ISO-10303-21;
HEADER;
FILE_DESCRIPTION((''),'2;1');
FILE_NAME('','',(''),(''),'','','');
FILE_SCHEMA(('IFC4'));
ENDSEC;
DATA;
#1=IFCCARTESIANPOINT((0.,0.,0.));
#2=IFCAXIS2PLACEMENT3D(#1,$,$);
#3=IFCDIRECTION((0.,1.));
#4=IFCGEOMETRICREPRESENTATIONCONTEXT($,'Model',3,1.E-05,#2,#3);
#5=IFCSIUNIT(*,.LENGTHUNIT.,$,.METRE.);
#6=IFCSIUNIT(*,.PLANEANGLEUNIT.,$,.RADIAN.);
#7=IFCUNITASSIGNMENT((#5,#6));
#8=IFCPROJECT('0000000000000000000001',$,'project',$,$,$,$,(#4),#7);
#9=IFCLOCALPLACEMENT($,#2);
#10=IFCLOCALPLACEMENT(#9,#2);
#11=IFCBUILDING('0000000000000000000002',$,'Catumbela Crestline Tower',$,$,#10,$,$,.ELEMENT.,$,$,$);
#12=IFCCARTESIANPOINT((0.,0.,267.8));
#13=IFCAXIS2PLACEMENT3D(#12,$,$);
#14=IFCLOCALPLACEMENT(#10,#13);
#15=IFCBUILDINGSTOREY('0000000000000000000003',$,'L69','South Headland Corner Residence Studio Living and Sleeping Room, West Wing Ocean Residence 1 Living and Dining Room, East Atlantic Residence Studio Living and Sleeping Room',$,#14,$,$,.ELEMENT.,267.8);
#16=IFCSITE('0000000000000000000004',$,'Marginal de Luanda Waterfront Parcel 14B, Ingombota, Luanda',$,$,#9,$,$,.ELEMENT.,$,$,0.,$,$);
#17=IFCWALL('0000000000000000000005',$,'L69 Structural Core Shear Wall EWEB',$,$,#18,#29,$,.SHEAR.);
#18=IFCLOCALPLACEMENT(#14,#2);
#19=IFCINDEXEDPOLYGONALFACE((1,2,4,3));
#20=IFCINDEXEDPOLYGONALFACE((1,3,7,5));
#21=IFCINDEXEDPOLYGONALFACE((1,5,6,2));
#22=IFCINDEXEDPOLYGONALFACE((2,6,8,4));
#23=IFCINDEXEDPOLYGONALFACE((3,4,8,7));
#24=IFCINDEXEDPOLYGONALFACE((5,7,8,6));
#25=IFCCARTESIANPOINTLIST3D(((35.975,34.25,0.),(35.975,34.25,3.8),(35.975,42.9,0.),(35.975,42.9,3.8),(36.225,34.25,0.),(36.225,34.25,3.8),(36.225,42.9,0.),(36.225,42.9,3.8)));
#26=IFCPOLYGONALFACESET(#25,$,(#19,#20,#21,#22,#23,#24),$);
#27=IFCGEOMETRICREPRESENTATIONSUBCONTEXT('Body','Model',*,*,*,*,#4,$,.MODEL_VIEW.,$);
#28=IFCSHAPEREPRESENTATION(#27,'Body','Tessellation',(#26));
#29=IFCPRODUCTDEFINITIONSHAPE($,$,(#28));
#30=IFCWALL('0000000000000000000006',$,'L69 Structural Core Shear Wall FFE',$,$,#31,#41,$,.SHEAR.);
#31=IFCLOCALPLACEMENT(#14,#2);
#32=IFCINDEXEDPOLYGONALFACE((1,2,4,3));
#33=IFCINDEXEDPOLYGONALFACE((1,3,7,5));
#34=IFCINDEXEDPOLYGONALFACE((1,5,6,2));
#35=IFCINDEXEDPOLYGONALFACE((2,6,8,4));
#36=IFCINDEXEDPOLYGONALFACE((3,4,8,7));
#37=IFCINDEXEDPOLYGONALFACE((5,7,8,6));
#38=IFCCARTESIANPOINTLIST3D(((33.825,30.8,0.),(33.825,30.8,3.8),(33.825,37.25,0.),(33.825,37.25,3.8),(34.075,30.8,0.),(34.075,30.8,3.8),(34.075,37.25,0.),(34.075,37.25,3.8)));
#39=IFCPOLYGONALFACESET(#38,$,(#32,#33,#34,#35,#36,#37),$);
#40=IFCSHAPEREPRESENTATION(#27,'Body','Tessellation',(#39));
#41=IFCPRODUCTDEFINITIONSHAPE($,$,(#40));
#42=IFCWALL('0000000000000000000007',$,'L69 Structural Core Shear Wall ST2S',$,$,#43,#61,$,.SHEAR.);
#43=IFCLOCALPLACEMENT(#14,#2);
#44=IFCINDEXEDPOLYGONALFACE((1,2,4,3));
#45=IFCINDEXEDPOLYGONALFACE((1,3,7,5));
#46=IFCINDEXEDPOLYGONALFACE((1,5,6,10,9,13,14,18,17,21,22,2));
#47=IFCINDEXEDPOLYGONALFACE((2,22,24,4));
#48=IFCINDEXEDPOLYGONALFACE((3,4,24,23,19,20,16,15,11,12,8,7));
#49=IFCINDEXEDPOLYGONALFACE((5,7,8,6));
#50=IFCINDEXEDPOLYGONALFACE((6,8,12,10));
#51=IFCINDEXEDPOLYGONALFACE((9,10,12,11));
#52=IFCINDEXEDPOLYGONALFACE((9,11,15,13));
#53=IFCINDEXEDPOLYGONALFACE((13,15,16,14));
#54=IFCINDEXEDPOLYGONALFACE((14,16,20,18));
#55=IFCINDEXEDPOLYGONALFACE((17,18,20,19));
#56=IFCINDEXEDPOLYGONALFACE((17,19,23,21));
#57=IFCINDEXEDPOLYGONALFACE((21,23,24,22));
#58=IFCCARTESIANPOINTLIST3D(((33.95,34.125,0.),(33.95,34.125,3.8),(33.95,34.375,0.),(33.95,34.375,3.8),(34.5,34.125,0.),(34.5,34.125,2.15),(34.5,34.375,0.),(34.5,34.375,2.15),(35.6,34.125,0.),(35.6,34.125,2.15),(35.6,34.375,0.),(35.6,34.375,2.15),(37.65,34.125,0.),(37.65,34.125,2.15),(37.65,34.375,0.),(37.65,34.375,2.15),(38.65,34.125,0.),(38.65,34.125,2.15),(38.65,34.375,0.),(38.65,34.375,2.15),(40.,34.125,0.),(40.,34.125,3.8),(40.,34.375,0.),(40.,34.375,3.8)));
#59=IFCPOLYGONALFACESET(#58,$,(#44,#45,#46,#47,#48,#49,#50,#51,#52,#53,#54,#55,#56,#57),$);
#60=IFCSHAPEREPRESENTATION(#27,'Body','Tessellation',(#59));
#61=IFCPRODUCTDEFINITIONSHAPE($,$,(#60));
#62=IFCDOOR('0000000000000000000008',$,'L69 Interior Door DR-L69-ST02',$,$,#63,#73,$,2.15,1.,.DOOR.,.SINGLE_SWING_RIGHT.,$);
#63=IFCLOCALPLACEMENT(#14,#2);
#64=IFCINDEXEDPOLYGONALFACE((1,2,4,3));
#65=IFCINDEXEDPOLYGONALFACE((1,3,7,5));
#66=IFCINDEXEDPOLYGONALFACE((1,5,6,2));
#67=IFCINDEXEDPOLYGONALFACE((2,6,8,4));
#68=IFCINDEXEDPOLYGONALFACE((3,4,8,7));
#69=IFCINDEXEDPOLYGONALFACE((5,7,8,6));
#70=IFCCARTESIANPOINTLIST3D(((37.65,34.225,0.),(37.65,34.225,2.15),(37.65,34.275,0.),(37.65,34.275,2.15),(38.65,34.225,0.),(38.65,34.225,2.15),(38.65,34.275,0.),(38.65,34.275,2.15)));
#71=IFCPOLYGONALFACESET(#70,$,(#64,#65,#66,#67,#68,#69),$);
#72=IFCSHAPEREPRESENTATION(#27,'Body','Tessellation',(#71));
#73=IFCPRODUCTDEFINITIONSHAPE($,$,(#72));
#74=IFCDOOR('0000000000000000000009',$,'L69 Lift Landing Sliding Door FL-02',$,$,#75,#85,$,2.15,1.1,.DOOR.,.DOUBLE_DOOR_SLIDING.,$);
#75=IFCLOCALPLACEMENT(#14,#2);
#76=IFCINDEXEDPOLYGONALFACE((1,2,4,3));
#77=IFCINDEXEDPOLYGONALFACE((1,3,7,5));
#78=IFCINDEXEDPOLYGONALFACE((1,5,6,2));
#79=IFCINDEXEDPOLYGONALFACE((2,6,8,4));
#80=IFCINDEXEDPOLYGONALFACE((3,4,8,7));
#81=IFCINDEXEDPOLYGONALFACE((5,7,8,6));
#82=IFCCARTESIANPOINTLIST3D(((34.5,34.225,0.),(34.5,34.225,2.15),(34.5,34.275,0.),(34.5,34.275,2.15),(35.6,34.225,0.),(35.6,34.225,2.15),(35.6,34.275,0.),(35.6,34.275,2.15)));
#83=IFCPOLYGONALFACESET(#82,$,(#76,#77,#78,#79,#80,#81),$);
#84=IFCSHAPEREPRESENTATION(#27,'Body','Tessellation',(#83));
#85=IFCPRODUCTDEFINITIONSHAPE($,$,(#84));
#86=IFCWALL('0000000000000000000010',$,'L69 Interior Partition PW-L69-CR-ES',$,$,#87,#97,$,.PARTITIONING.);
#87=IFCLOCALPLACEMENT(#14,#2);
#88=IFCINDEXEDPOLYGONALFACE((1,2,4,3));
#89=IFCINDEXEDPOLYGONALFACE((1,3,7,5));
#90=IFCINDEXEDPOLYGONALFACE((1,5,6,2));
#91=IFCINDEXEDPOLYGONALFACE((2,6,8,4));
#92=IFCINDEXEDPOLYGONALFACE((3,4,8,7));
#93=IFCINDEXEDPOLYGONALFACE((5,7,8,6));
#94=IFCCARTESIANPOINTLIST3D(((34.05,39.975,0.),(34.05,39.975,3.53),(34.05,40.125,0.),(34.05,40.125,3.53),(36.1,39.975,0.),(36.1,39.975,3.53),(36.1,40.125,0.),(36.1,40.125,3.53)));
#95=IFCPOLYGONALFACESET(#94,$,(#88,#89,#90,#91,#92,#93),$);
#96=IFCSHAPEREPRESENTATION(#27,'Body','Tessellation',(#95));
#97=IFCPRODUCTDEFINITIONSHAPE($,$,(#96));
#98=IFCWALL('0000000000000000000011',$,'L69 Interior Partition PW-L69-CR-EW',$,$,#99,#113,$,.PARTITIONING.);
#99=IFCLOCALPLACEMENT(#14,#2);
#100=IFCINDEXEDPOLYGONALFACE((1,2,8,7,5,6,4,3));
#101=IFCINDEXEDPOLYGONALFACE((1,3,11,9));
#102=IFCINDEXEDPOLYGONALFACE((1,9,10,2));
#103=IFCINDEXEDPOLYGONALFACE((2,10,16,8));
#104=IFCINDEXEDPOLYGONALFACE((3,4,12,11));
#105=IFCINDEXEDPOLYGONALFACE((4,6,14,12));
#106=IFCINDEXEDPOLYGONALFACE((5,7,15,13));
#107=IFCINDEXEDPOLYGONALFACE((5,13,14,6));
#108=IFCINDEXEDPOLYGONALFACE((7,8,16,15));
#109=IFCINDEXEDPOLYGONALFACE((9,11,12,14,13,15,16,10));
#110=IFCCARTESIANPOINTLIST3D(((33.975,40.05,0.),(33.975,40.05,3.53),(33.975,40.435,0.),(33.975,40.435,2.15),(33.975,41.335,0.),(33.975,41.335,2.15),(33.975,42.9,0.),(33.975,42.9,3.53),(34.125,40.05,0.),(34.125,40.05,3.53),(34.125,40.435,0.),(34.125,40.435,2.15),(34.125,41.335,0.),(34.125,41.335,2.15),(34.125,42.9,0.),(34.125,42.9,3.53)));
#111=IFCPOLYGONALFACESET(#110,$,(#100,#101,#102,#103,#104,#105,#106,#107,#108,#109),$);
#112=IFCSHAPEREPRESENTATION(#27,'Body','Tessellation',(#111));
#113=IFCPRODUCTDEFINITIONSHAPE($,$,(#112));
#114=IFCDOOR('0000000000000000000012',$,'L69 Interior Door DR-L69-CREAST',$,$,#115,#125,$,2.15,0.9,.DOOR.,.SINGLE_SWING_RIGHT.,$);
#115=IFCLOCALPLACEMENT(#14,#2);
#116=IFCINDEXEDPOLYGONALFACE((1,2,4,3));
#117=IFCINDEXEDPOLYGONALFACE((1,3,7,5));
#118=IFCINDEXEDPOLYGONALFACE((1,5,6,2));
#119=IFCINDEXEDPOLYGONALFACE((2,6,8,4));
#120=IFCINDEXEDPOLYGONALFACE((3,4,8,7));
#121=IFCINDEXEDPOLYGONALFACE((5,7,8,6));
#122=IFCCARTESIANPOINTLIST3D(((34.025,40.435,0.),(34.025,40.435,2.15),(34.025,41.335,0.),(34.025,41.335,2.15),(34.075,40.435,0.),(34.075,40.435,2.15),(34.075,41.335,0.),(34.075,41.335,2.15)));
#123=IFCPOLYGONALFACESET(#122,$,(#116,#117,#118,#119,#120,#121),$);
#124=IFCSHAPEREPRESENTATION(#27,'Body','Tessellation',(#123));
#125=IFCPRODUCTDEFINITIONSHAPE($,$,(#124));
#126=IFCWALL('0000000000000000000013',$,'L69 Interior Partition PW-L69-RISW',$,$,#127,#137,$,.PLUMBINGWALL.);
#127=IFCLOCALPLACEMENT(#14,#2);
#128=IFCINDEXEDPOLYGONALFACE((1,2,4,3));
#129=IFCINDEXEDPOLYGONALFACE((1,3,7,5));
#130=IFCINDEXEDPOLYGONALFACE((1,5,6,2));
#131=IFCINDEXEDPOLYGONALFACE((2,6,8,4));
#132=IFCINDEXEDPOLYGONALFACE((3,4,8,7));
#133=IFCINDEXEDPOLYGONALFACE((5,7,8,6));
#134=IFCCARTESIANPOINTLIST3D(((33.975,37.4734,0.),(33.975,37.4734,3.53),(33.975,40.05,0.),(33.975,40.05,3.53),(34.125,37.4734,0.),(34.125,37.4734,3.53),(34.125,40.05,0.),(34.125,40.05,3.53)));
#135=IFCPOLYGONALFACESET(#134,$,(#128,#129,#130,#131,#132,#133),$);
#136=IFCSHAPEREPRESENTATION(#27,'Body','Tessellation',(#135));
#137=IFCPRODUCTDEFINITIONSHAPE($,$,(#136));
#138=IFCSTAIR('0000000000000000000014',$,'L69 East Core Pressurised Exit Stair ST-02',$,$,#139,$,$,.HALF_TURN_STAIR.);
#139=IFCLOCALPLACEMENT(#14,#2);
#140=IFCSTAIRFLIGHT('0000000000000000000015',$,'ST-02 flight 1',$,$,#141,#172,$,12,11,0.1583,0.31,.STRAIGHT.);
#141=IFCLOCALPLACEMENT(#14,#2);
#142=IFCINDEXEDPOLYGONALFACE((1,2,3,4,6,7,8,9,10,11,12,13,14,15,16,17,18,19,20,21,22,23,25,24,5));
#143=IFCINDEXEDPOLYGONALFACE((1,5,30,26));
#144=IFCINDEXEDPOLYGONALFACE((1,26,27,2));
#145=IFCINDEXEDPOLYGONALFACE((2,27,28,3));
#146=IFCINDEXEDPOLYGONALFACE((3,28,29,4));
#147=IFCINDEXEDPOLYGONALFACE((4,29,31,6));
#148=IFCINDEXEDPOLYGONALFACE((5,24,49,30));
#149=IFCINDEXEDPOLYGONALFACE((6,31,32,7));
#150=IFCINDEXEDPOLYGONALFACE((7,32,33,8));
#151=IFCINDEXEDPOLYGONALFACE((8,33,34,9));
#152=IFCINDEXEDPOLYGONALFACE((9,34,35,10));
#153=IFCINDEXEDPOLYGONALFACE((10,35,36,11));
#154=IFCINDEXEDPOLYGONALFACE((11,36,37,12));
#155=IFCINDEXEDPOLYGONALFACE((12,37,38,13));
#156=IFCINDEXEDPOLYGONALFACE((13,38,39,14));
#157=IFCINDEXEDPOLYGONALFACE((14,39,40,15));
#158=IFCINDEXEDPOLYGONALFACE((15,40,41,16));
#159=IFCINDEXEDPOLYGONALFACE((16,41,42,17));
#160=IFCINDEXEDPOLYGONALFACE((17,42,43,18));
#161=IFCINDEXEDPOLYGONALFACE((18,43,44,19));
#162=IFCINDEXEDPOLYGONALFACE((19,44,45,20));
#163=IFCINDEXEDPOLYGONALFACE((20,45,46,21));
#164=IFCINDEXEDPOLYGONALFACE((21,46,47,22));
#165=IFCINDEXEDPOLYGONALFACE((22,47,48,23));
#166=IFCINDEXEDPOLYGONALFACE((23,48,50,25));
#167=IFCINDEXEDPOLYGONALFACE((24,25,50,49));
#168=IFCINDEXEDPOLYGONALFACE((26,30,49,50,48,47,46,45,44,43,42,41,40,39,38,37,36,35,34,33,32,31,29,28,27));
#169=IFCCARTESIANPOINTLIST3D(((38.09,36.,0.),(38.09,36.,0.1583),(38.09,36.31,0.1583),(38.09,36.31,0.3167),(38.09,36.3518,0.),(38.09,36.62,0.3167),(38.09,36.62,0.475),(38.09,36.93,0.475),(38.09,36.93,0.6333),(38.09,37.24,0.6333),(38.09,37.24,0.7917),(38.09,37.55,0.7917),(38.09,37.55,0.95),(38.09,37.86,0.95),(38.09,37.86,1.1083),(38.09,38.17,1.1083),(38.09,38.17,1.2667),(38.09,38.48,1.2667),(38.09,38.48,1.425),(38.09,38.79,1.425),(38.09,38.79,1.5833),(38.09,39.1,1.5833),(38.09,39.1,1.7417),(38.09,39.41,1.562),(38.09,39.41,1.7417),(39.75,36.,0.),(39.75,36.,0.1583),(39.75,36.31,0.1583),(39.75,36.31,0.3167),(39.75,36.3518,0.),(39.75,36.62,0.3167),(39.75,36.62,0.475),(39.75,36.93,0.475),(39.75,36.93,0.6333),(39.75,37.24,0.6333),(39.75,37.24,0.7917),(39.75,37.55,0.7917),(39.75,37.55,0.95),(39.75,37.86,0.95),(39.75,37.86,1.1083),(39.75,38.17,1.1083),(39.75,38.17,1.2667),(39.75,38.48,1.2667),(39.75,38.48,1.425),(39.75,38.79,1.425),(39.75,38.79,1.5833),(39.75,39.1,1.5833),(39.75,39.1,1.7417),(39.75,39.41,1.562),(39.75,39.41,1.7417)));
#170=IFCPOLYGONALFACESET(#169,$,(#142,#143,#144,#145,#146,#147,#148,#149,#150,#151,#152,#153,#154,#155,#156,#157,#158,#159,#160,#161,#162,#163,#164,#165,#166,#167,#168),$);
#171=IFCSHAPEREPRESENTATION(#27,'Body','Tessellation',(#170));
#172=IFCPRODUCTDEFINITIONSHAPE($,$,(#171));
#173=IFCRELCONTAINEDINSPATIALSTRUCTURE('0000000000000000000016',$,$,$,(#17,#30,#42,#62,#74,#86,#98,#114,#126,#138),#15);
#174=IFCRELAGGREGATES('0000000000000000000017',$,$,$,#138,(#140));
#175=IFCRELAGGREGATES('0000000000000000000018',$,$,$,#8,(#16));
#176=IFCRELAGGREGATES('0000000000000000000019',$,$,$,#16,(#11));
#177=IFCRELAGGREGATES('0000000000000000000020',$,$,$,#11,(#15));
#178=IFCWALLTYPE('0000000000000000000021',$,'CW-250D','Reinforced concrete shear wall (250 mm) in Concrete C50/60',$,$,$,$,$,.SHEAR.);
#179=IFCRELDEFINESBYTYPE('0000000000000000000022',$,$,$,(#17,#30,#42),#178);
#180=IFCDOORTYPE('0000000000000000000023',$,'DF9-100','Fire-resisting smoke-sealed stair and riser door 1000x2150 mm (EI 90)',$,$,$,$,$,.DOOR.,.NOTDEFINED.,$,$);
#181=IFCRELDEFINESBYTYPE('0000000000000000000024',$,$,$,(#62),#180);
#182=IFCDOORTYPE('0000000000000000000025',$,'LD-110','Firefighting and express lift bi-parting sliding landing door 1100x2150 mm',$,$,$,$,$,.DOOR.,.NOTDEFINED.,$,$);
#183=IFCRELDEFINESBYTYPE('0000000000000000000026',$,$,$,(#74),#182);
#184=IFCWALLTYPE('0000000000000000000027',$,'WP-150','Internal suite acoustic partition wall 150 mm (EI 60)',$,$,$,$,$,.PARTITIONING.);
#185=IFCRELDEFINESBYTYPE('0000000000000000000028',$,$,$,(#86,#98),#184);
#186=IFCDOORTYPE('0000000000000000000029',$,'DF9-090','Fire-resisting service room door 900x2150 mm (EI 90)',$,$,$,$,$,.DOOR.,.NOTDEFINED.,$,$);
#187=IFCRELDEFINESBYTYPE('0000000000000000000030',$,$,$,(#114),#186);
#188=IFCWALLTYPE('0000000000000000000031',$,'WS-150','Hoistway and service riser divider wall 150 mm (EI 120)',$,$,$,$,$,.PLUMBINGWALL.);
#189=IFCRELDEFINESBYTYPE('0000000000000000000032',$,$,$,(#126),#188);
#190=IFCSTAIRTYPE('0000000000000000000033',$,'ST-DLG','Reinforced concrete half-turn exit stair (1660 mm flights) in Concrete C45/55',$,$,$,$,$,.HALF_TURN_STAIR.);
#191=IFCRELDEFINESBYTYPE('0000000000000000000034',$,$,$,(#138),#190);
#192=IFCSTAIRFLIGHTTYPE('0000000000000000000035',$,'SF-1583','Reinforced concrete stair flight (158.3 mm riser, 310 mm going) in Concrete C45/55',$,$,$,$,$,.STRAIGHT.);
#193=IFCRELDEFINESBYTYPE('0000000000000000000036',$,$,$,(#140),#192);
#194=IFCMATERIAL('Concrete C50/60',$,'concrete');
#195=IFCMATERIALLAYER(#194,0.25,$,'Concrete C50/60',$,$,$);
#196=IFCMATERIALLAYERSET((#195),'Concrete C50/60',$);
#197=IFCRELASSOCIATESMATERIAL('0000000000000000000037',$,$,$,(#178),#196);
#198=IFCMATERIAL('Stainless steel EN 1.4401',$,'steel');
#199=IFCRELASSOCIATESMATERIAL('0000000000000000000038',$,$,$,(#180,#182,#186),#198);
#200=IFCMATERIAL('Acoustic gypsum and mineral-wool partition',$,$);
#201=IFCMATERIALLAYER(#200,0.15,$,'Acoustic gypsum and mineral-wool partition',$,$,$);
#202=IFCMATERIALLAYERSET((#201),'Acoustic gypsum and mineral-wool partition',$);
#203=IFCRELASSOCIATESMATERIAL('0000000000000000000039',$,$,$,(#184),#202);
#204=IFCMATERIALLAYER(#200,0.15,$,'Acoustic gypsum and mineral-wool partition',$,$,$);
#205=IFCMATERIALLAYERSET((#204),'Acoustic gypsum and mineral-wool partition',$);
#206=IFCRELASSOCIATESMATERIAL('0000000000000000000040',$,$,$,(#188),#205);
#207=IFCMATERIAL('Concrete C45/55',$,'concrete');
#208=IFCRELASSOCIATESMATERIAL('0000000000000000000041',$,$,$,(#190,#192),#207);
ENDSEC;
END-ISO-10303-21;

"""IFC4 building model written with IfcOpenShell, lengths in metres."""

from ifc_helpers import new_model, si_unit, direction, frame, frame_2d, origin, place, context, subcontext, project, spatial, polyline, rectangle, outline, extrude, material, layer, layer_set, type_object, element, fill, aggregate, save


model = new_model("IFC4")

# Units and contexts
model_context = context("Model", 3, precision=1e-05, world=origin(), true_north=direction((0.0, 1.0)))
body_context = subcontext(model_context, "Body", "Model", "MODEL_VIEW")
ifc_project = project(units=[si_unit("LENGTHUNIT", "METRE"), si_unit("PLANEANGLEUNIT", "RADIAN")], contexts=[model_context])

# Site, building, storey
site_placement = place(None, origin())
site = spatial("IfcSite", under=ifc_project, at=site_placement, Name="Marginal de Luanda Waterfront Parcel 14B, Ingombota, Luanda", CompositionType="ELEMENT", RefElevation=0.0)
building_placement = place(site_placement, origin())
building = spatial("IfcBuilding", under=site, at=building_placement, Name="Catumbela Crestline Tower", CompositionType="ELEMENT")
storey_placement = place(building_placement, frame((0.0, 0.0, 267.8)))
storey = spatial("IfcBuildingStorey", under=building, at=storey_placement, Name="L69", Description="South Headland Corner Residence Studio Living and Sleeping Room, West Wing Ocean Residence 1 Living and Dining Room, East Atlantic Residence Studio Living and Sleeping Room", CompositionType="ELEMENT", Elevation=267.8)

# Walls
ifc_material_1 = material(Name="Concrete C50/60", Category="concrete")
ifc_layer_1 = layer(ifc_material_1, 0.25, Name="Concrete C50/60")
ifc_layer_set_1 = layer_set([ifc_layer_1], Name="Concrete C50/60")
wall_type_1 = type_object("IfcWallType", Name="CW-250D", Description="Reinforced concrete shear wall (250 mm) in Concrete C50/60", PredefinedType="SHEAR", material=ifc_layer_set_1)
wall_1_placement = place(storey_placement, frame((36.1, 34.25, 0.0), z_axis=(0.0, 0.0, 1.0), x_axis=(0.0, 1.0, 0.0)))
element("IfcWall", 1, at=wall_1_placement, inside=storey, type_object=wall_type_1, Name="L69 Structural Core Shear Wall EWEB", PredefinedType="SHEAR", context=body_context, shape_type="SweptSolid", body=[
    extrude(rectangle(XDim=8.65, YDim=0.25, at=frame_2d((4.325, 0.0))), origin(), (0.0, 0.0, 1.0), 3.8),
])
wall_2_placement = place(storey_placement, frame((33.95, 30.8, 0.0), z_axis=(0.0, 0.0, 1.0), x_axis=(0.0, 1.0, 0.0)))
element("IfcWall", 2, at=wall_2_placement, inside=storey, type_object=wall_type_1, Name="L69 Structural Core Shear Wall FFE", PredefinedType="SHEAR", context=body_context, shape_type="SweptSolid", body=[
    extrude(rectangle(XDim=6.45, YDim=0.25, at=frame_2d((3.225, 0.0))), origin(), (0.0, 0.0, 1.0), 3.8),
])

# Wall, openings, doors
wall_3_placement = place(storey_placement, frame((33.95, 34.25, 0.0), z_axis=(0.0, 0.0, 1.0), x_axis=(1.0, 0.0, 0.0)))
wall_3 = element("IfcWall", 3, at=wall_3_placement, inside=storey, type_object=wall_type_1, Name="L69 Structural Core Shear Wall ST2S", PredefinedType="SHEAR", context=body_context, shape_type="SweptSolid", body=[
    extrude(rectangle(XDim=6.05, YDim=0.25, at=frame_2d((3.025, 0.0))), origin(), (0.0, 0.0, 1.0), 3.8),
])
opening_1_placement = place(wall_3_placement, frame((3.7, 0.0, 0.0)))
opening_1 = element("IfcOpeningElement", 4, at=opening_1_placement, cuts=wall_3, PredefinedType="OPENING", context=body_context, shape_type="SweptSolid", body=[
    extrude(rectangle(XDim=1.0, YDim=2.15, at=frame_2d((0.5, 1.075))), frame((0.0, 0.135, 0.0), z_axis=(0.0, -1.0, 0.0), x_axis=(1.0, 0.0, 0.0)), (0.0, 0.0, 1.0), 0.27),
])
opening_2_placement = place(wall_3_placement, frame((0.55, 0.0, 0.0)))
opening_2 = element("IfcOpeningElement", 5, at=opening_2_placement, cuts=wall_3, PredefinedType="OPENING", context=body_context, shape_type="SweptSolid", body=[
    extrude(rectangle(XDim=1.1, YDim=2.15, at=frame_2d((0.55, 1.075))), frame((0.0, 0.135, 0.0), z_axis=(0.0, -1.0, 0.0), x_axis=(1.0, 0.0, 0.0)), (0.0, 0.0, 1.0), 0.27),
])
ifc_material_2 = material(Name="Stainless steel EN 1.4401", Category="steel")
door_type_1 = type_object("IfcDoorType", Name="DF9-100", Description="Fire-resisting smoke-sealed stair and riser door 1000x2150 mm (EI 90)", OperationType="NOTDEFINED", PredefinedType="DOOR", material=ifc_material_2)
door_1_placement = place(opening_1_placement, origin())
door_1 = element("IfcDoor", 6, at=door_1_placement, inside=storey, type_object=door_type_1, Name="L69 Interior Door DR-L69-ST02", OperationType="SINGLE_SWING_RIGHT", OverallHeight=2.15, OverallWidth=1.0, PredefinedType="DOOR", context=body_context, shape_type="SweptSolid", body=[
    extrude(rectangle(XDim=1.0, YDim=2.15, at=frame_2d((0.5, 1.075))), frame((0.0, 0.025, 0.0), z_axis=(0.0, -1.0, 0.0), x_axis=(1.0, 0.0, 0.0)), (0.0, 0.0, 1.0), 0.05),
])
fill(opening_1, door_1)
door_type_2 = type_object("IfcDoorType", Name="LD-110", Description="Firefighting and express lift bi-parting sliding landing door 1100x2150 mm", OperationType="NOTDEFINED", PredefinedType="DOOR", material=ifc_material_2)
door_2_placement = place(opening_2_placement, origin())
door_2 = element("IfcDoor", 7, at=door_2_placement, inside=storey, type_object=door_type_2, Name="L69 Lift Landing Sliding Door FL-02", OperationType="DOUBLE_DOOR_SLIDING", OverallHeight=2.15, OverallWidth=1.1, PredefinedType="DOOR", context=body_context, shape_type="SweptSolid", body=[
    extrude(rectangle(XDim=1.1, YDim=2.15, at=frame_2d((0.55, 1.075))), frame((0.0, 0.025, 0.0), z_axis=(0.0, -1.0, 0.0), x_axis=(1.0, 0.0, 0.0)), (0.0, 0.0, 1.0), 0.05),
])
fill(opening_2, door_2)

# Wall
ifc_material_3 = material(Name="Acoustic gypsum and mineral-wool partition")
ifc_layer_2 = layer(ifc_material_3, 0.15, Name="Acoustic gypsum and mineral-wool partition")
ifc_layer_set_2 = layer_set([ifc_layer_2], Name="Acoustic gypsum and mineral-wool partition")
wall_type_2 = type_object("IfcWallType", Name="WP-150", Description="Internal suite acoustic partition wall 150 mm (EI 60)", PredefinedType="PARTITIONING", material=ifc_layer_set_2)
wall_4_placement = place(storey_placement, frame((34.05, 40.05, 0.0), z_axis=(0.0, 0.0, 1.0), x_axis=(1.0, 0.0, 0.0)))
element("IfcWall", 8, at=wall_4_placement, inside=storey, type_object=wall_type_2, Name="L69 Interior Partition PW-L69-CR-ES", PredefinedType="PARTITIONING", context=body_context, shape_type="SweptSolid", body=[
    extrude(rectangle(XDim=2.05, YDim=0.15, at=frame_2d((1.025, 0.0))), origin(), (0.0, 0.0, 1.0), 3.53),
])

# Wall, opening, door
wall_5_placement = place(storey_placement, frame((34.05, 40.05, 0.0), z_axis=(0.0, 0.0, 1.0), x_axis=(0.0, 1.0, 0.0)))
wall_5 = element("IfcWall", 9, at=wall_5_placement, inside=storey, type_object=wall_type_2, Name="L69 Interior Partition PW-L69-CR-EW", PredefinedType="PARTITIONING", context=body_context, shape_type="SweptSolid", body=[
    extrude(rectangle(XDim=2.85, YDim=0.15, at=frame_2d((1.425, 0.0))), origin(), (0.0, 0.0, 1.0), 3.53),
])
opening_3_placement = place(wall_5_placement, frame((0.385, 0.0, 0.0)))
opening_3 = element("IfcOpeningElement", 10, at=opening_3_placement, cuts=wall_5, PredefinedType="OPENING", context=body_context, shape_type="SweptSolid", body=[
    extrude(rectangle(XDim=0.9, YDim=2.15, at=frame_2d((0.45, 1.075))), frame((0.0, 0.085, 0.0), z_axis=(0.0, -1.0, 0.0), x_axis=(1.0, 0.0, 0.0)), (0.0, 0.0, 1.0), 0.17),
])
door_type_3 = type_object("IfcDoorType", Name="DF9-090", Description="Fire-resisting service room door 900x2150 mm (EI 90)", OperationType="NOTDEFINED", PredefinedType="DOOR", material=ifc_material_2)
door_3_placement = place(opening_3_placement, origin())
door_3 = element("IfcDoor", 11, at=door_3_placement, inside=storey, type_object=door_type_3, Name="L69 Interior Door DR-L69-CREAST", OperationType="SINGLE_SWING_RIGHT", OverallHeight=2.15, OverallWidth=0.9, PredefinedType="DOOR", context=body_context, shape_type="SweptSolid", body=[
    extrude(rectangle(XDim=0.9, YDim=2.15, at=frame_2d((0.45, 1.075))), frame((0.0, 0.025, 0.0), z_axis=(0.0, -1.0, 0.0), x_axis=(1.0, 0.0, 0.0)), (0.0, 0.0, 1.0), 0.05),
])
fill(opening_3, door_3)

# Wall
ifc_layer_3 = layer(ifc_material_3, 0.15, Name="Acoustic gypsum and mineral-wool partition")
ifc_layer_set_3 = layer_set([ifc_layer_3], Name="Acoustic gypsum and mineral-wool partition")
wall_type_3 = type_object("IfcWallType", Name="WS-150", Description="Hoistway and service riser divider wall 150 mm (EI 120)", PredefinedType="PLUMBINGWALL", material=ifc_layer_set_3)
wall_6_placement = place(storey_placement, frame((34.05, 37.4734, 0.0), z_axis=(0.0, 0.0, 1.0), x_axis=(0.0, 1.0, 0.0)))
element("IfcWall", 12, at=wall_6_placement, inside=storey, type_object=wall_type_3, Name="L69 Interior Partition PW-L69-RISW", PredefinedType="PLUMBINGWALL", context=body_context, shape_type="SweptSolid", body=[
    extrude(rectangle(XDim=2.5766, YDim=0.15, at=frame_2d((1.2883, 0.0))), origin(), (0.0, 0.0, 1.0), 3.53),
])

# Stair, stair flight
ifc_material_4 = material(Name="Concrete C45/55", Category="concrete")
stair_type = type_object("IfcStairType", Name="ST-DLG", Description="Reinforced concrete half-turn exit stair (1660 mm flights) in Concrete C45/55", PredefinedType="HALF_TURN_STAIR", material=ifc_material_4)
stair_placement = place(storey_placement, origin())
stair = element("IfcStair", 13, at=stair_placement, inside=storey, type_object=stair_type, Name="L69 East Core Pressurised Exit Stair ST-02", PredefinedType="HALF_TURN_STAIR")
stair_flight_type = type_object("IfcStairFlightType", Name="SF-1583", Description="Reinforced concrete stair flight (158.3 mm riser, 310 mm going) in Concrete C45/55", PredefinedType="STRAIGHT", material=ifc_material_4)
stair_flight_1_placement = place(storey_placement, frame((38.92, 36.0, 0.0), z_axis=(0.0, 0.0, 1.0), x_axis=(0.0, 1.0, 0.0)))
stair_flight_1 = element("IfcStairFlight", 14, at=stair_flight_1_placement, type_object=stair_flight_type, Name="ST-02 flight 1", NumberOfRisers=12, NumberOfTreads=11, PredefinedType="STRAIGHT", RiserHeight=0.1583, TreadLength=0.31, context=body_context, shape_type="SweptSolid", body=[
    extrude(outline(polyline([(0.0, 0.0), (0.0, 0.1583), (0.31, 0.1583), (0.31, 0.3167), (0.62, 0.3167), (0.62, 0.475), (0.93, 0.475), (0.93, 0.6333), (1.24, 0.6333), (1.24, 0.7917), (1.55, 0.7917), (1.55, 0.95), (1.86, 0.95), (1.86, 1.1083), (2.17, 1.1083), (2.17, 1.2667), (2.48, 1.2667), (2.48, 1.425), (2.79, 1.425), (2.79, 1.5833), (3.1, 1.5833), (3.1, 1.7417), (3.41, 1.7417), (3.41, 1.9), (3.41, 1.562), (0.3518, 0.0), (0.0, 0.0)])), frame((0.0, 0.83, 0.0), z_axis=(0.0, -1.0, 0.0), x_axis=(1.0, 0.0, 0.0)), (0.0, 0.0, 1.0), 1.66),
])
aggregate(stair, [stair_flight_1])

save(model, "model.ifc")
